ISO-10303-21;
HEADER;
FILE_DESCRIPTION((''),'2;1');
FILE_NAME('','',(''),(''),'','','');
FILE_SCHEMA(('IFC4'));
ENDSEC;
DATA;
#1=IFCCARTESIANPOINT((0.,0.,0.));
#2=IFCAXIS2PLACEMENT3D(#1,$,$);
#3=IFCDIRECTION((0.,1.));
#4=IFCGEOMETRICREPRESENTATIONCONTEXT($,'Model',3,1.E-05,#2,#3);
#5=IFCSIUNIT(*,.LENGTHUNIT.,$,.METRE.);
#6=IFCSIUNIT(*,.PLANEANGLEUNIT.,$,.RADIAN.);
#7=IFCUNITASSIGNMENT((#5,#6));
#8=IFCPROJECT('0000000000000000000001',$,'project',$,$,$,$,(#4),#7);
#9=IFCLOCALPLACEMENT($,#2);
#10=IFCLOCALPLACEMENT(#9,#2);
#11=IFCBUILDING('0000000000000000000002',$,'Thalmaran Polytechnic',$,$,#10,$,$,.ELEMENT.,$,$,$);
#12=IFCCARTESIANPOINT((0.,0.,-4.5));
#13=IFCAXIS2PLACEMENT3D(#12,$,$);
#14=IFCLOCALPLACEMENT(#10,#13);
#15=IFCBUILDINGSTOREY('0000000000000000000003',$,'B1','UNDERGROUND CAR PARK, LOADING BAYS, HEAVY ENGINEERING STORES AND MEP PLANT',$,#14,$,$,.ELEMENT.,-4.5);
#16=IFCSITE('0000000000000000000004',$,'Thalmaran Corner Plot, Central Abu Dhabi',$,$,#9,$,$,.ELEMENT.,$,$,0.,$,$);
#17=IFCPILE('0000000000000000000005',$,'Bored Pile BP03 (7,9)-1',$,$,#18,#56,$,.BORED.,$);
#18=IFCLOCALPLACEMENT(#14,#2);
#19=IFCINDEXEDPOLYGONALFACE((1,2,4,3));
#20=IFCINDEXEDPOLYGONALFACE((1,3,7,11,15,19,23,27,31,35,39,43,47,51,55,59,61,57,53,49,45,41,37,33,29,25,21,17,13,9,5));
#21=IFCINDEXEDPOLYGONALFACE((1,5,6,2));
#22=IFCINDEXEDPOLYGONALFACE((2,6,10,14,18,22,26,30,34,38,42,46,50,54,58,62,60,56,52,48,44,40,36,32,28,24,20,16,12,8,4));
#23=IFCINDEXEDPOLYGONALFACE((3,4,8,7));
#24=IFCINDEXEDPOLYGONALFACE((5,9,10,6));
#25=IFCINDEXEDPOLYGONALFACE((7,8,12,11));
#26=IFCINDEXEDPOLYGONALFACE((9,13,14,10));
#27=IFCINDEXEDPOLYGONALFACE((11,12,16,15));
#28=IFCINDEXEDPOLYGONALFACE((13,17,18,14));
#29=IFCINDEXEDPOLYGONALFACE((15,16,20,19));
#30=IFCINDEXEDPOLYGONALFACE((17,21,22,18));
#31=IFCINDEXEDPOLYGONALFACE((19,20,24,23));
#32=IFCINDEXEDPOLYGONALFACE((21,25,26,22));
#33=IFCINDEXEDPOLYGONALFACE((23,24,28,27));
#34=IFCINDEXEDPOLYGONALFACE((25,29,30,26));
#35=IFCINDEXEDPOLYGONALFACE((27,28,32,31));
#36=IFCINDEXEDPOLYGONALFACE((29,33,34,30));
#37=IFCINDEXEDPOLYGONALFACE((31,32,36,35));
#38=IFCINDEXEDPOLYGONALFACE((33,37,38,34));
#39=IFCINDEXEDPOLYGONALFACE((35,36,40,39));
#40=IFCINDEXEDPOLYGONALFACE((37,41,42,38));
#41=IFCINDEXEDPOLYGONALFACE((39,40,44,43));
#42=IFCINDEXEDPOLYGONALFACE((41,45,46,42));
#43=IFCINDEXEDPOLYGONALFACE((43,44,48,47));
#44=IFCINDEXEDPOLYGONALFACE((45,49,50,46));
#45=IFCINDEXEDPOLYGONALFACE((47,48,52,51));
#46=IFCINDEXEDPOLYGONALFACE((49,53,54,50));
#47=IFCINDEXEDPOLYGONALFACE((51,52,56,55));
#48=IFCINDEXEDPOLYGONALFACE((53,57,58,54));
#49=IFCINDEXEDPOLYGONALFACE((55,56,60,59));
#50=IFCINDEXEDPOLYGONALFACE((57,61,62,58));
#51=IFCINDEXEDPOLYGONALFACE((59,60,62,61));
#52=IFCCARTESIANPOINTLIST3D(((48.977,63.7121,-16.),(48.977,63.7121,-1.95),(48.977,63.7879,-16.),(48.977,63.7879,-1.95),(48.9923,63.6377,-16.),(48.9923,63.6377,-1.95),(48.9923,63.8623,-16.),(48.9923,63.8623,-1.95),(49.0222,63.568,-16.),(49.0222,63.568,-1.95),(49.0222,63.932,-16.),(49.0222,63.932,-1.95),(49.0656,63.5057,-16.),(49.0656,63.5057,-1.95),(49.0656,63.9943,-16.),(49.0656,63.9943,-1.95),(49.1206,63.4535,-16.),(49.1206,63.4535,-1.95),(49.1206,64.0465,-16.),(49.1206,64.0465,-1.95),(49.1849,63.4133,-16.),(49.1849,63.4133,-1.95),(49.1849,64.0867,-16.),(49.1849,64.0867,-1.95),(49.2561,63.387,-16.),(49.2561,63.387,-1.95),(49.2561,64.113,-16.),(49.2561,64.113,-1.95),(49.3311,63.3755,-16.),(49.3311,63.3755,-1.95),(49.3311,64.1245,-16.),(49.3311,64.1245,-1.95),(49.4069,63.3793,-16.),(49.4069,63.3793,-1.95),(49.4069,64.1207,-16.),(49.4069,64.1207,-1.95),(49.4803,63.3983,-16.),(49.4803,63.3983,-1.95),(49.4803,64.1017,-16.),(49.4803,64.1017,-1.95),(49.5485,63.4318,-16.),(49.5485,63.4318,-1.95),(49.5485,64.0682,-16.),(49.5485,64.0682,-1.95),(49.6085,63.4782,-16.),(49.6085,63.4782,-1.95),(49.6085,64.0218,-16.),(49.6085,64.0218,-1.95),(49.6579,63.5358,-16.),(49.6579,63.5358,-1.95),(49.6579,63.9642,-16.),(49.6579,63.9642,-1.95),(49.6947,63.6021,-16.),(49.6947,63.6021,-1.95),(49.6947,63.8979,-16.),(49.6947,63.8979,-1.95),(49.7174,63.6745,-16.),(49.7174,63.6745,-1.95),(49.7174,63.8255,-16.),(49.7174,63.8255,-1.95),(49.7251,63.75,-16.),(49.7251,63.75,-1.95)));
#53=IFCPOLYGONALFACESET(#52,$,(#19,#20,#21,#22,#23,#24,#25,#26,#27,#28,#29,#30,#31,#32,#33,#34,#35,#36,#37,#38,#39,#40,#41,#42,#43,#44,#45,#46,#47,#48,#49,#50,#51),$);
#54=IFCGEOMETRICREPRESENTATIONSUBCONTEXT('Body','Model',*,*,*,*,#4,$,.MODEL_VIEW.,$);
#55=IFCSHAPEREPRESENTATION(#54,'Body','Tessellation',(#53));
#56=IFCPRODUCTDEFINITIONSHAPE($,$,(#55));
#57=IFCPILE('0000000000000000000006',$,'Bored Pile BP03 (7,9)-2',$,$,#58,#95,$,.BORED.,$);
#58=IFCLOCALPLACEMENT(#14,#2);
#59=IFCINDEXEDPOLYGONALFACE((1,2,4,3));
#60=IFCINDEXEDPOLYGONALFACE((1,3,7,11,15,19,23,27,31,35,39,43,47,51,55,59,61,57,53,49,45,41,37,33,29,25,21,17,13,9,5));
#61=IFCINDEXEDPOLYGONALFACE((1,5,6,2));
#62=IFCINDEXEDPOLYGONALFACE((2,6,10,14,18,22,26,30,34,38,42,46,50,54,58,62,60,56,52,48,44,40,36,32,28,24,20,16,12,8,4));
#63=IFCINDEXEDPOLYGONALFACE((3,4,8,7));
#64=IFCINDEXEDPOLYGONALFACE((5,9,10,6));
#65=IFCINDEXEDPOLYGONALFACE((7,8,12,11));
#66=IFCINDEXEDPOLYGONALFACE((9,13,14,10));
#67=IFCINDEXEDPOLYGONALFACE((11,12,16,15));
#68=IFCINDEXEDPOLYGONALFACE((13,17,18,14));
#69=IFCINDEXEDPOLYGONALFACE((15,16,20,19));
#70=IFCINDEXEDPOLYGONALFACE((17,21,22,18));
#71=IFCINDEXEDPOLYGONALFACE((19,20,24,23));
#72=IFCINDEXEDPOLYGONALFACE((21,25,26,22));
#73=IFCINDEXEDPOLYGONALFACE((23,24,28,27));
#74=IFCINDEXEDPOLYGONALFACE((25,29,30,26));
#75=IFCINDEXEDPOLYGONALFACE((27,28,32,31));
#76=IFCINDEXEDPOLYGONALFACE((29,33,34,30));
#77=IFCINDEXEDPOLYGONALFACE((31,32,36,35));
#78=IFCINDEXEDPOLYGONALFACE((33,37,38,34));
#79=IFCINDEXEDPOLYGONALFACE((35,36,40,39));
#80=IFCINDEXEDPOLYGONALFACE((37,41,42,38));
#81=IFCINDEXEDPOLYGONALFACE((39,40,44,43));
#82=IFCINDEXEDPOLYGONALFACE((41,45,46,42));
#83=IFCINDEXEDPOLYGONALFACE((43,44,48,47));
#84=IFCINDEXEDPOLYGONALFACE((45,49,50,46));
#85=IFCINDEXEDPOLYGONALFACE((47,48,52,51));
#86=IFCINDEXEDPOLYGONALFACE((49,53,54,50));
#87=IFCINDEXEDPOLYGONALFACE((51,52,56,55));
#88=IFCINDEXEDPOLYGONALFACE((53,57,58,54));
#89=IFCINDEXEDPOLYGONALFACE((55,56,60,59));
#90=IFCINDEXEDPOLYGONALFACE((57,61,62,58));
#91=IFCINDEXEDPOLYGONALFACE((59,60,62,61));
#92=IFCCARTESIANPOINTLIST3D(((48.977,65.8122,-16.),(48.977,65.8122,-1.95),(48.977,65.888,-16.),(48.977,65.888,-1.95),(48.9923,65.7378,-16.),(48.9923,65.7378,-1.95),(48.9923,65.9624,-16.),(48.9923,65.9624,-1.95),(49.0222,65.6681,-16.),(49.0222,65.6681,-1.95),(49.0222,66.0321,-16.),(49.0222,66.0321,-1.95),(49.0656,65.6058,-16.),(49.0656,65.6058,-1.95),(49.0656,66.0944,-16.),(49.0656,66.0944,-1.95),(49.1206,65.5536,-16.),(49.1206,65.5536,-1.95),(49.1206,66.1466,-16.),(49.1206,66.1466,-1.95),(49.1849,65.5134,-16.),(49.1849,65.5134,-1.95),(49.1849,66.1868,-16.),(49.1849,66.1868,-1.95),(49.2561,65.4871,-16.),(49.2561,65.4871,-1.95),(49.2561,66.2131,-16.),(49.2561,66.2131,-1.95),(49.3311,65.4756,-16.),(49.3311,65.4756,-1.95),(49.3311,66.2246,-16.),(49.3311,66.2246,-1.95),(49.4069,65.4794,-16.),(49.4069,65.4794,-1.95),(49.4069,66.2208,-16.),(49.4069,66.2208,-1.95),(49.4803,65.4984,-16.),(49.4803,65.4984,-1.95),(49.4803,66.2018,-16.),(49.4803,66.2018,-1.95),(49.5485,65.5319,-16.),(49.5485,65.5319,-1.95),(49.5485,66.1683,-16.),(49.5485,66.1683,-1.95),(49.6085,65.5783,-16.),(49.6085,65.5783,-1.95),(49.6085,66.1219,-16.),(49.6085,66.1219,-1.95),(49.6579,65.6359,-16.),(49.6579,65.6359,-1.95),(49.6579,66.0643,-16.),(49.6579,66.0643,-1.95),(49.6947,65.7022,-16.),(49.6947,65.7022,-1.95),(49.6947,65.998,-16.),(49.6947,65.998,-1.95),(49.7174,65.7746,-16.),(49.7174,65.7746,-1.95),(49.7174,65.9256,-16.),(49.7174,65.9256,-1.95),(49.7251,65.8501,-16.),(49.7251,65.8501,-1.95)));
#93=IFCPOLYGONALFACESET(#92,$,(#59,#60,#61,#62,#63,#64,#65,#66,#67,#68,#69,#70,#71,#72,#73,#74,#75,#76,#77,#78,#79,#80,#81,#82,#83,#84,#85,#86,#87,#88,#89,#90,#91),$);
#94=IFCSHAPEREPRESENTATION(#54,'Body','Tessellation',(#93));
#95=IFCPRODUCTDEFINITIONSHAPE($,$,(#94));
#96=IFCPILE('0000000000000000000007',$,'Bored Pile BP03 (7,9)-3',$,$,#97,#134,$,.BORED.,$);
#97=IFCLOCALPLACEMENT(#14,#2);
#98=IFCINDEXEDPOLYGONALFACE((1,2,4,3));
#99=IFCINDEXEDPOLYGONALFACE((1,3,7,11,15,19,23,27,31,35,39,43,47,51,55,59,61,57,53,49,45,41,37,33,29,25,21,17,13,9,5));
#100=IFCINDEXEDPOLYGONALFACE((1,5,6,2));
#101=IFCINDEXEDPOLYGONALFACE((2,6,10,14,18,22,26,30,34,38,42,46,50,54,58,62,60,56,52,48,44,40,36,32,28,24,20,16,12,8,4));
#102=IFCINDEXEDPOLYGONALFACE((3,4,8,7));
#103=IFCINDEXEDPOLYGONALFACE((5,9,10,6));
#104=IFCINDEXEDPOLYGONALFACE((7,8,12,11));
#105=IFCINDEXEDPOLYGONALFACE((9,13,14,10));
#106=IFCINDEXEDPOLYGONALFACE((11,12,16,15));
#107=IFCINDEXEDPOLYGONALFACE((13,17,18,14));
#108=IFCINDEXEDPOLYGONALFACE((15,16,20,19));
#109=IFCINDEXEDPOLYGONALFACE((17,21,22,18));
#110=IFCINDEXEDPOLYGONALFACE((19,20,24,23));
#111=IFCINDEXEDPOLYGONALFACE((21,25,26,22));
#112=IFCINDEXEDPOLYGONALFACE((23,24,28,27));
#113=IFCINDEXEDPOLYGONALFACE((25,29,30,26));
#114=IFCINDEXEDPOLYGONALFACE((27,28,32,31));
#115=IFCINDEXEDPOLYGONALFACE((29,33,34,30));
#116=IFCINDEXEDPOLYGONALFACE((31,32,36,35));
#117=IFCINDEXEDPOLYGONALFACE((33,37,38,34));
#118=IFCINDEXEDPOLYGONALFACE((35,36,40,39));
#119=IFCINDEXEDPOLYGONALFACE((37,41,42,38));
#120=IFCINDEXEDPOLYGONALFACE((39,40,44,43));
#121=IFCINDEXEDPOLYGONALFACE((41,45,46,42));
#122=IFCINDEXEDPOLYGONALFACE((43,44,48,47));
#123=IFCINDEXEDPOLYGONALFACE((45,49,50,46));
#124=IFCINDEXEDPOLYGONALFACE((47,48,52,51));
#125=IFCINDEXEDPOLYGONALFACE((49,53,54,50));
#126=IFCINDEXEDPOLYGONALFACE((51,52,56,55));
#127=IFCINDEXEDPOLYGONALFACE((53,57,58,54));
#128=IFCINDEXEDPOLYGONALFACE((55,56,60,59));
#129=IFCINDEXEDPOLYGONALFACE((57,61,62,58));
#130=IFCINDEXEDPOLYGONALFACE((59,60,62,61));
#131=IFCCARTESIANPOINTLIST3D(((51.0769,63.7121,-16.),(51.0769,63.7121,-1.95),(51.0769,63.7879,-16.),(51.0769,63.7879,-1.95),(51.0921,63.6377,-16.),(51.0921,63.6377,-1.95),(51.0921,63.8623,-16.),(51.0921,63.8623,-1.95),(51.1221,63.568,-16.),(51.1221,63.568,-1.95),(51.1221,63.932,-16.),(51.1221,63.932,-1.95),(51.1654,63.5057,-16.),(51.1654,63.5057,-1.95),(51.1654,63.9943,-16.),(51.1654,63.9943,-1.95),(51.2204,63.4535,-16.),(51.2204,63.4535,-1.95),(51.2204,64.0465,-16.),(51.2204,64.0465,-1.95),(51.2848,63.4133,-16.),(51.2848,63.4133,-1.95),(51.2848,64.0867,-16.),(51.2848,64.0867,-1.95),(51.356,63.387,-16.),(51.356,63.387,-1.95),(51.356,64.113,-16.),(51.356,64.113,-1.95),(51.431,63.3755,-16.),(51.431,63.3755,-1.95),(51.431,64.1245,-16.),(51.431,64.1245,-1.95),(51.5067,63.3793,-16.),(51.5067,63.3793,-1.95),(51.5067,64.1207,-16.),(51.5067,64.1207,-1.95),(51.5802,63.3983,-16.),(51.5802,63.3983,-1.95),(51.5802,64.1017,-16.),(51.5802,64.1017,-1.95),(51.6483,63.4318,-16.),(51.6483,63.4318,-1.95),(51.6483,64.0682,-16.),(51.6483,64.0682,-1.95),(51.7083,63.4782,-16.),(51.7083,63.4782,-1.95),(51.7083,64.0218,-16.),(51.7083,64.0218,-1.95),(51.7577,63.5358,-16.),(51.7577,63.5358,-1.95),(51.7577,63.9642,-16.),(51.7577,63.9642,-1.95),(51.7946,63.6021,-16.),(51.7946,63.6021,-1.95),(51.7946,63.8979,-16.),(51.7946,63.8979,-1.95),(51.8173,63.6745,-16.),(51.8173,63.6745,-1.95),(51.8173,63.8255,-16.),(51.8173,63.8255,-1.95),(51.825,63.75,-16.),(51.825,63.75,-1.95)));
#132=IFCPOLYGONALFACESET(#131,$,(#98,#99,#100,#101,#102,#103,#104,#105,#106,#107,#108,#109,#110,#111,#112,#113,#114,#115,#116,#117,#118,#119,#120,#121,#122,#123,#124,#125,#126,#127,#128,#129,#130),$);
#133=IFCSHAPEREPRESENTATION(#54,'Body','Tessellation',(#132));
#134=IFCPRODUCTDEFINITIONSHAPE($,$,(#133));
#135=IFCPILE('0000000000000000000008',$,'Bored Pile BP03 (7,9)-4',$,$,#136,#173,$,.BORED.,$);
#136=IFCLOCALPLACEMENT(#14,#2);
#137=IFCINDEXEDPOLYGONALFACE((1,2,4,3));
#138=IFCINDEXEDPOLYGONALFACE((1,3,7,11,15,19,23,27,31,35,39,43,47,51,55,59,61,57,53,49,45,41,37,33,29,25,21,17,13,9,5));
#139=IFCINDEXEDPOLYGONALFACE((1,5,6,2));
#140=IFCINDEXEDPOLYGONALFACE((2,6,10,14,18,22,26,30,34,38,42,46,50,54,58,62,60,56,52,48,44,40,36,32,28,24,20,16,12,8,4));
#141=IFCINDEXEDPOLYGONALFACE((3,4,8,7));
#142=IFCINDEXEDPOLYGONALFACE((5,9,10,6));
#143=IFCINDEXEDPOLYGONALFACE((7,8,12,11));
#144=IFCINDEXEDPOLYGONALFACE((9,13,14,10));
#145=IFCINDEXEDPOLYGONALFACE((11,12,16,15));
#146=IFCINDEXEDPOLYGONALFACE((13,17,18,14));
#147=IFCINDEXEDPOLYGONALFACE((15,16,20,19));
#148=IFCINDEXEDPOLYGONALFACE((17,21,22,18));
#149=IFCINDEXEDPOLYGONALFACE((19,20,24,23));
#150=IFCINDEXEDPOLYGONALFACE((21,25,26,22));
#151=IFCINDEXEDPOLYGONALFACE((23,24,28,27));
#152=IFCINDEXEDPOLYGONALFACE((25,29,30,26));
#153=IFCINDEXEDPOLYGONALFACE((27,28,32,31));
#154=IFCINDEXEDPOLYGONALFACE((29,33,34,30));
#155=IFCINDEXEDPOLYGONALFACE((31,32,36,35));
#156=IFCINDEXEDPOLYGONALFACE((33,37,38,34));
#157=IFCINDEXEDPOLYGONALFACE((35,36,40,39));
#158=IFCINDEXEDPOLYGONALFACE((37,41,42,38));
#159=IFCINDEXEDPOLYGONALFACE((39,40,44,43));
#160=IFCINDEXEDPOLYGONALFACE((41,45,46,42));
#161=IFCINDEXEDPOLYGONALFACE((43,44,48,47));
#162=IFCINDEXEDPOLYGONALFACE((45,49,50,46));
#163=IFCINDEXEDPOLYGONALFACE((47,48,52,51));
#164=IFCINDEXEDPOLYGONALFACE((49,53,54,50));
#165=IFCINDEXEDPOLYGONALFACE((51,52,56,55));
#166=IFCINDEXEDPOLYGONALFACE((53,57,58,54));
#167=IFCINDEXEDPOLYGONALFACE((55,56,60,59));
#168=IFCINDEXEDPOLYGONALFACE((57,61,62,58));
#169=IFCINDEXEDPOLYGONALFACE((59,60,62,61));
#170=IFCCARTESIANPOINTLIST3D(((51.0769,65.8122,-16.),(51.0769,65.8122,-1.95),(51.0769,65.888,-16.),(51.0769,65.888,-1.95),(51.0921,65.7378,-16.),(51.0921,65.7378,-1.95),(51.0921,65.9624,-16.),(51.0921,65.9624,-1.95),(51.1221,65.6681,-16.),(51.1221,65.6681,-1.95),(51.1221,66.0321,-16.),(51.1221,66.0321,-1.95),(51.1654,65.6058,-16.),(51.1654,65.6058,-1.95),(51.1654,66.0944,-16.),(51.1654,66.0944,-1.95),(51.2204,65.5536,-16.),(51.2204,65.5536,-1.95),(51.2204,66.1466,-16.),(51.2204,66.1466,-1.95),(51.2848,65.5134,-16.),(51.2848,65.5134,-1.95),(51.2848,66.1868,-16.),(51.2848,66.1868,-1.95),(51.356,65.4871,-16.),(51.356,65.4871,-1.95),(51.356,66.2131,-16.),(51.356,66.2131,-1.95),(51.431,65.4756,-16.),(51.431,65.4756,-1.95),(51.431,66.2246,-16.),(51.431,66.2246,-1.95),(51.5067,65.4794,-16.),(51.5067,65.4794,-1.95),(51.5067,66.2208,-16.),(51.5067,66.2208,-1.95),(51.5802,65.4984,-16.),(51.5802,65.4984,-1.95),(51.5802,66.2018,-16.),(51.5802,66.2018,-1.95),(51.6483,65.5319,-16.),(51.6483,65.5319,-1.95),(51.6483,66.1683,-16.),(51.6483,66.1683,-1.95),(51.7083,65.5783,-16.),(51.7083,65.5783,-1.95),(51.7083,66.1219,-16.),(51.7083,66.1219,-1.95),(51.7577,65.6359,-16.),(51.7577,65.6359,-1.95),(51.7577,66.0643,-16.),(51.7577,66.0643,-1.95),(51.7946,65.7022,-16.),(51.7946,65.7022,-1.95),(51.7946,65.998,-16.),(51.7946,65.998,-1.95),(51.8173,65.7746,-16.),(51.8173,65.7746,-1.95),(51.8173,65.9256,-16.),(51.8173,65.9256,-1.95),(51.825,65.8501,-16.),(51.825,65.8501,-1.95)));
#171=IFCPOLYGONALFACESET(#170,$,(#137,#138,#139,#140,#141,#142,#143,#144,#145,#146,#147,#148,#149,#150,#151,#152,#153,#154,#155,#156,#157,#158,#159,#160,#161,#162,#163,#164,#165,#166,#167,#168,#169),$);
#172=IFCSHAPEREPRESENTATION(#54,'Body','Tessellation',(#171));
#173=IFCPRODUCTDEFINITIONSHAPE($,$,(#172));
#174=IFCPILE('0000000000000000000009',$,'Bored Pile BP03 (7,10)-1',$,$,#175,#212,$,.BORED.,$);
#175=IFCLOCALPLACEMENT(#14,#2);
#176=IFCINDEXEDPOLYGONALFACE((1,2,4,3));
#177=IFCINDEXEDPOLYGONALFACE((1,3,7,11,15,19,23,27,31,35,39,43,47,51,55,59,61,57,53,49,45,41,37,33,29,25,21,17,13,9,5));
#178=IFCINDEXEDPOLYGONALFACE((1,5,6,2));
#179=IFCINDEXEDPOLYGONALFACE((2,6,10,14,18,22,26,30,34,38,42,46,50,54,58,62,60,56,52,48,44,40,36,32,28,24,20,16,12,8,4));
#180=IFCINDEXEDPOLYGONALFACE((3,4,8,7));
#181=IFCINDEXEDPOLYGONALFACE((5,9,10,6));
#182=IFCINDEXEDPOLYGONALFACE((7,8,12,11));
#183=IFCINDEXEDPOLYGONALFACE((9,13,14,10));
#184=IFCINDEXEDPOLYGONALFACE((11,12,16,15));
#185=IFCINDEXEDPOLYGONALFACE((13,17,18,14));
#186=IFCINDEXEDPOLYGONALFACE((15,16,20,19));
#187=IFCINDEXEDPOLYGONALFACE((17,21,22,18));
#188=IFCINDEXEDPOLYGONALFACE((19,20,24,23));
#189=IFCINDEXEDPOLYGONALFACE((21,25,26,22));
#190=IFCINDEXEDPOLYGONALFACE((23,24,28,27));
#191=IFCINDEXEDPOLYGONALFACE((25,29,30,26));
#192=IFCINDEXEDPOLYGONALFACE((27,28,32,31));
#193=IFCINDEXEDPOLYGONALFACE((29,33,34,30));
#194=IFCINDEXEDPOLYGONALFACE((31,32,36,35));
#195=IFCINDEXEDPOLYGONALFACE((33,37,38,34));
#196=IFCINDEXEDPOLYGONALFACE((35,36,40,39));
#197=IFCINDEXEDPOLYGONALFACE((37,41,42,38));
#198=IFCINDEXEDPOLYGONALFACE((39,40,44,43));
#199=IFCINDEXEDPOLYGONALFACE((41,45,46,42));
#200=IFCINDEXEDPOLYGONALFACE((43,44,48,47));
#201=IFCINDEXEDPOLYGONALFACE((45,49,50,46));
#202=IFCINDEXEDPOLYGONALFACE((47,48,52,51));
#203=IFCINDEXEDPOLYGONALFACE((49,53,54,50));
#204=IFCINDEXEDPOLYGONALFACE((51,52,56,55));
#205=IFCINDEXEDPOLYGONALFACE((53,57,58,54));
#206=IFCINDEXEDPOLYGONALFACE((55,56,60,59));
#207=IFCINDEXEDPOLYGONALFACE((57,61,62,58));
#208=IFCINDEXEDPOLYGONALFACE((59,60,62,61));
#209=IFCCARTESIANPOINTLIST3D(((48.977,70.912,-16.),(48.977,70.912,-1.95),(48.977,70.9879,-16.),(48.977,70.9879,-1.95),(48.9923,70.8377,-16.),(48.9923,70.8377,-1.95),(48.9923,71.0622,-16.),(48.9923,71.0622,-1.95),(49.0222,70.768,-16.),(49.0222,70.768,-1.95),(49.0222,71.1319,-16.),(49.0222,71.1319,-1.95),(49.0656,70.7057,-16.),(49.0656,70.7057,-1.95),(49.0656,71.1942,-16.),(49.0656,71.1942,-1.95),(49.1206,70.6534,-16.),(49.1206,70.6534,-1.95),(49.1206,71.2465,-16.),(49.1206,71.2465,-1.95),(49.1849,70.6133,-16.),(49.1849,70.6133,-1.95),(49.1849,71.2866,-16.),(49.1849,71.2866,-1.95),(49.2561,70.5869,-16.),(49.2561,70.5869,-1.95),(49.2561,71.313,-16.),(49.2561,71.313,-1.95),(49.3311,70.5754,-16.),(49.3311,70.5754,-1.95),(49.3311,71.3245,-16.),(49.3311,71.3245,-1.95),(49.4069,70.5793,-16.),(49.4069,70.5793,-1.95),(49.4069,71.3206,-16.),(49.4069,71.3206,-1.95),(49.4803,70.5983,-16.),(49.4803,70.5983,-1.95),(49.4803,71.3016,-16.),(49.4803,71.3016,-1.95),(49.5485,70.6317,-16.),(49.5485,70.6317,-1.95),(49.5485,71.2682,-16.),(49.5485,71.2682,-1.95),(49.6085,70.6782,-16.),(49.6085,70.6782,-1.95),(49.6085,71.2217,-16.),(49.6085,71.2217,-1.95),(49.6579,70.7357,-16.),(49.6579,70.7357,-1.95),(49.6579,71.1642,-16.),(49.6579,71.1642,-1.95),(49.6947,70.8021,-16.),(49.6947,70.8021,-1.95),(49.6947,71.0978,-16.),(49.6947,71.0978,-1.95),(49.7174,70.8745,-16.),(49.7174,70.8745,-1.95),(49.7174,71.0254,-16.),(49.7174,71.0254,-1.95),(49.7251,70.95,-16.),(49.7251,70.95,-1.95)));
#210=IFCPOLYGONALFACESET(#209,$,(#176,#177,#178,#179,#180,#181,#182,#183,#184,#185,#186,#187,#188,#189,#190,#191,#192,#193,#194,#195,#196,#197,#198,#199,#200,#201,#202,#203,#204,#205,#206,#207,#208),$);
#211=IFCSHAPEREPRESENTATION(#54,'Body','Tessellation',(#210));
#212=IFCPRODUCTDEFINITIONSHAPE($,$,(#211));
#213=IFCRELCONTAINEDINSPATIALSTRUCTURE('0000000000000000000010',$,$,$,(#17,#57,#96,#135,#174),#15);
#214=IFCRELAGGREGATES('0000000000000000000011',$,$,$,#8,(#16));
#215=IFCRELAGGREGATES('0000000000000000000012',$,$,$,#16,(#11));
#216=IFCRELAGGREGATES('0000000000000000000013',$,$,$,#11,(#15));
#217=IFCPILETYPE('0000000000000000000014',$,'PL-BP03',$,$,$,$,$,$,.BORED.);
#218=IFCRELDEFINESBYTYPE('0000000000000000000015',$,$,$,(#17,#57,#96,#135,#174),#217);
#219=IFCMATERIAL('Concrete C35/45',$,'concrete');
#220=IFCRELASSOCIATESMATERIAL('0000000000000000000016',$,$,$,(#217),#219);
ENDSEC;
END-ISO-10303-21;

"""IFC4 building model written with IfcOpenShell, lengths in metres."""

from ifc_helpers import new_model, si_unit, direction, frame, origin, origin_2d, place, context, subcontext, project, spatial, circle, extrude, material, material_profile, profile_set, type_object, element, save


model = new_model("IFC4")

# Units and contexts
model_context = context("Model", 3, precision=1e-05, world=origin(), true_north=direction((0.0, 1.0)))
body_context = subcontext(model_context, "Body", "Model", "MODEL_VIEW")
ifc_project = project(units=[si_unit("LENGTHUNIT", "METRE"), si_unit("PLANEANGLEUNIT", "RADIAN")], contexts=[model_context])

# Site, building, storey
site_placement = place(None, origin())
site = spatial("IfcSite", under=ifc_project, at=site_placement, Name="Thalmaran Corner Plot, Central Abu Dhabi", CompositionType="ELEMENT", RefElevation=0.0)
building_placement = place(site_placement, origin())
building = spatial("IfcBuilding", under=site, at=building_placement, Name="Thalmaran Polytechnic", CompositionType="ELEMENT")
storey_placement = place(building_placement, frame((0.0, 0.0, -4.5)))
storey = spatial("IfcBuildingStorey", under=building, at=storey_placement, Name="B1", Description="UNDERGROUND CAR PARK, LOADING BAYS, HEAVY ENGINEERING STORES AND MEP PLANT", CompositionType="ELEMENT", Elevation=-4.5)

# Piles
ifc_material_1 = material(Name="Concrete C35/45", Category="concrete")
ifc_material_profile_1 = material_profile(ifc_material_1, circle(Radius=0.375, at=origin_2d()), Name="RC 750 DIA")
ifc_profile_set_1 = profile_set([ifc_material_profile_1], Name="Concrete C35/45")
pile_type = type_object("IfcPileType", Name="PL-BP03", PredefinedType="BORED", material=ifc_profile_set_1)
for number, where, z_axis, x_axis, name in (
    (1, (49.3501, 63.75, -1.95), (0.0, 0.0, -1.0), (1.0, 0.0, 0.0), "Bored Pile BP03 (7,9)-1"),
    (2, (49.3501, 65.8501, -1.95), (0.0, 0.0, -1.0), (1.0, 0.0, 0.0), "Bored Pile BP03 (7,9)-2"),
    (3, (51.45, 63.75, -1.95), (0.0, 0.0, -1.0), (1.0, 0.0, 0.0), "Bored Pile BP03 (7,9)-3"),
    (4, (51.45, 65.8501, -1.95), (0.0, 0.0, -1.0), (1.0, 0.0, 0.0), "Bored Pile BP03 (7,9)-4"),
    (5, (49.3501, 70.95, -1.95), (0.0, 0.0, -1.0), (1.0, 0.0, 0.0), "Bored Pile BP03 (7,10)-1"),
):
    element("IfcPile", number, at=place(storey_placement, frame(where, z_axis=z_axis, x_axis=x_axis)), inside=storey, type_object=pile_type, Name=name, PredefinedType="BORED", context=body_context, shape_type="SweptSolid", body=[
        extrude(circle(Radius=0.375, at=origin_2d()), origin(), (0.0, 0.0, 1.0), 14.05),
    ])

save(model, "model.ifc")
